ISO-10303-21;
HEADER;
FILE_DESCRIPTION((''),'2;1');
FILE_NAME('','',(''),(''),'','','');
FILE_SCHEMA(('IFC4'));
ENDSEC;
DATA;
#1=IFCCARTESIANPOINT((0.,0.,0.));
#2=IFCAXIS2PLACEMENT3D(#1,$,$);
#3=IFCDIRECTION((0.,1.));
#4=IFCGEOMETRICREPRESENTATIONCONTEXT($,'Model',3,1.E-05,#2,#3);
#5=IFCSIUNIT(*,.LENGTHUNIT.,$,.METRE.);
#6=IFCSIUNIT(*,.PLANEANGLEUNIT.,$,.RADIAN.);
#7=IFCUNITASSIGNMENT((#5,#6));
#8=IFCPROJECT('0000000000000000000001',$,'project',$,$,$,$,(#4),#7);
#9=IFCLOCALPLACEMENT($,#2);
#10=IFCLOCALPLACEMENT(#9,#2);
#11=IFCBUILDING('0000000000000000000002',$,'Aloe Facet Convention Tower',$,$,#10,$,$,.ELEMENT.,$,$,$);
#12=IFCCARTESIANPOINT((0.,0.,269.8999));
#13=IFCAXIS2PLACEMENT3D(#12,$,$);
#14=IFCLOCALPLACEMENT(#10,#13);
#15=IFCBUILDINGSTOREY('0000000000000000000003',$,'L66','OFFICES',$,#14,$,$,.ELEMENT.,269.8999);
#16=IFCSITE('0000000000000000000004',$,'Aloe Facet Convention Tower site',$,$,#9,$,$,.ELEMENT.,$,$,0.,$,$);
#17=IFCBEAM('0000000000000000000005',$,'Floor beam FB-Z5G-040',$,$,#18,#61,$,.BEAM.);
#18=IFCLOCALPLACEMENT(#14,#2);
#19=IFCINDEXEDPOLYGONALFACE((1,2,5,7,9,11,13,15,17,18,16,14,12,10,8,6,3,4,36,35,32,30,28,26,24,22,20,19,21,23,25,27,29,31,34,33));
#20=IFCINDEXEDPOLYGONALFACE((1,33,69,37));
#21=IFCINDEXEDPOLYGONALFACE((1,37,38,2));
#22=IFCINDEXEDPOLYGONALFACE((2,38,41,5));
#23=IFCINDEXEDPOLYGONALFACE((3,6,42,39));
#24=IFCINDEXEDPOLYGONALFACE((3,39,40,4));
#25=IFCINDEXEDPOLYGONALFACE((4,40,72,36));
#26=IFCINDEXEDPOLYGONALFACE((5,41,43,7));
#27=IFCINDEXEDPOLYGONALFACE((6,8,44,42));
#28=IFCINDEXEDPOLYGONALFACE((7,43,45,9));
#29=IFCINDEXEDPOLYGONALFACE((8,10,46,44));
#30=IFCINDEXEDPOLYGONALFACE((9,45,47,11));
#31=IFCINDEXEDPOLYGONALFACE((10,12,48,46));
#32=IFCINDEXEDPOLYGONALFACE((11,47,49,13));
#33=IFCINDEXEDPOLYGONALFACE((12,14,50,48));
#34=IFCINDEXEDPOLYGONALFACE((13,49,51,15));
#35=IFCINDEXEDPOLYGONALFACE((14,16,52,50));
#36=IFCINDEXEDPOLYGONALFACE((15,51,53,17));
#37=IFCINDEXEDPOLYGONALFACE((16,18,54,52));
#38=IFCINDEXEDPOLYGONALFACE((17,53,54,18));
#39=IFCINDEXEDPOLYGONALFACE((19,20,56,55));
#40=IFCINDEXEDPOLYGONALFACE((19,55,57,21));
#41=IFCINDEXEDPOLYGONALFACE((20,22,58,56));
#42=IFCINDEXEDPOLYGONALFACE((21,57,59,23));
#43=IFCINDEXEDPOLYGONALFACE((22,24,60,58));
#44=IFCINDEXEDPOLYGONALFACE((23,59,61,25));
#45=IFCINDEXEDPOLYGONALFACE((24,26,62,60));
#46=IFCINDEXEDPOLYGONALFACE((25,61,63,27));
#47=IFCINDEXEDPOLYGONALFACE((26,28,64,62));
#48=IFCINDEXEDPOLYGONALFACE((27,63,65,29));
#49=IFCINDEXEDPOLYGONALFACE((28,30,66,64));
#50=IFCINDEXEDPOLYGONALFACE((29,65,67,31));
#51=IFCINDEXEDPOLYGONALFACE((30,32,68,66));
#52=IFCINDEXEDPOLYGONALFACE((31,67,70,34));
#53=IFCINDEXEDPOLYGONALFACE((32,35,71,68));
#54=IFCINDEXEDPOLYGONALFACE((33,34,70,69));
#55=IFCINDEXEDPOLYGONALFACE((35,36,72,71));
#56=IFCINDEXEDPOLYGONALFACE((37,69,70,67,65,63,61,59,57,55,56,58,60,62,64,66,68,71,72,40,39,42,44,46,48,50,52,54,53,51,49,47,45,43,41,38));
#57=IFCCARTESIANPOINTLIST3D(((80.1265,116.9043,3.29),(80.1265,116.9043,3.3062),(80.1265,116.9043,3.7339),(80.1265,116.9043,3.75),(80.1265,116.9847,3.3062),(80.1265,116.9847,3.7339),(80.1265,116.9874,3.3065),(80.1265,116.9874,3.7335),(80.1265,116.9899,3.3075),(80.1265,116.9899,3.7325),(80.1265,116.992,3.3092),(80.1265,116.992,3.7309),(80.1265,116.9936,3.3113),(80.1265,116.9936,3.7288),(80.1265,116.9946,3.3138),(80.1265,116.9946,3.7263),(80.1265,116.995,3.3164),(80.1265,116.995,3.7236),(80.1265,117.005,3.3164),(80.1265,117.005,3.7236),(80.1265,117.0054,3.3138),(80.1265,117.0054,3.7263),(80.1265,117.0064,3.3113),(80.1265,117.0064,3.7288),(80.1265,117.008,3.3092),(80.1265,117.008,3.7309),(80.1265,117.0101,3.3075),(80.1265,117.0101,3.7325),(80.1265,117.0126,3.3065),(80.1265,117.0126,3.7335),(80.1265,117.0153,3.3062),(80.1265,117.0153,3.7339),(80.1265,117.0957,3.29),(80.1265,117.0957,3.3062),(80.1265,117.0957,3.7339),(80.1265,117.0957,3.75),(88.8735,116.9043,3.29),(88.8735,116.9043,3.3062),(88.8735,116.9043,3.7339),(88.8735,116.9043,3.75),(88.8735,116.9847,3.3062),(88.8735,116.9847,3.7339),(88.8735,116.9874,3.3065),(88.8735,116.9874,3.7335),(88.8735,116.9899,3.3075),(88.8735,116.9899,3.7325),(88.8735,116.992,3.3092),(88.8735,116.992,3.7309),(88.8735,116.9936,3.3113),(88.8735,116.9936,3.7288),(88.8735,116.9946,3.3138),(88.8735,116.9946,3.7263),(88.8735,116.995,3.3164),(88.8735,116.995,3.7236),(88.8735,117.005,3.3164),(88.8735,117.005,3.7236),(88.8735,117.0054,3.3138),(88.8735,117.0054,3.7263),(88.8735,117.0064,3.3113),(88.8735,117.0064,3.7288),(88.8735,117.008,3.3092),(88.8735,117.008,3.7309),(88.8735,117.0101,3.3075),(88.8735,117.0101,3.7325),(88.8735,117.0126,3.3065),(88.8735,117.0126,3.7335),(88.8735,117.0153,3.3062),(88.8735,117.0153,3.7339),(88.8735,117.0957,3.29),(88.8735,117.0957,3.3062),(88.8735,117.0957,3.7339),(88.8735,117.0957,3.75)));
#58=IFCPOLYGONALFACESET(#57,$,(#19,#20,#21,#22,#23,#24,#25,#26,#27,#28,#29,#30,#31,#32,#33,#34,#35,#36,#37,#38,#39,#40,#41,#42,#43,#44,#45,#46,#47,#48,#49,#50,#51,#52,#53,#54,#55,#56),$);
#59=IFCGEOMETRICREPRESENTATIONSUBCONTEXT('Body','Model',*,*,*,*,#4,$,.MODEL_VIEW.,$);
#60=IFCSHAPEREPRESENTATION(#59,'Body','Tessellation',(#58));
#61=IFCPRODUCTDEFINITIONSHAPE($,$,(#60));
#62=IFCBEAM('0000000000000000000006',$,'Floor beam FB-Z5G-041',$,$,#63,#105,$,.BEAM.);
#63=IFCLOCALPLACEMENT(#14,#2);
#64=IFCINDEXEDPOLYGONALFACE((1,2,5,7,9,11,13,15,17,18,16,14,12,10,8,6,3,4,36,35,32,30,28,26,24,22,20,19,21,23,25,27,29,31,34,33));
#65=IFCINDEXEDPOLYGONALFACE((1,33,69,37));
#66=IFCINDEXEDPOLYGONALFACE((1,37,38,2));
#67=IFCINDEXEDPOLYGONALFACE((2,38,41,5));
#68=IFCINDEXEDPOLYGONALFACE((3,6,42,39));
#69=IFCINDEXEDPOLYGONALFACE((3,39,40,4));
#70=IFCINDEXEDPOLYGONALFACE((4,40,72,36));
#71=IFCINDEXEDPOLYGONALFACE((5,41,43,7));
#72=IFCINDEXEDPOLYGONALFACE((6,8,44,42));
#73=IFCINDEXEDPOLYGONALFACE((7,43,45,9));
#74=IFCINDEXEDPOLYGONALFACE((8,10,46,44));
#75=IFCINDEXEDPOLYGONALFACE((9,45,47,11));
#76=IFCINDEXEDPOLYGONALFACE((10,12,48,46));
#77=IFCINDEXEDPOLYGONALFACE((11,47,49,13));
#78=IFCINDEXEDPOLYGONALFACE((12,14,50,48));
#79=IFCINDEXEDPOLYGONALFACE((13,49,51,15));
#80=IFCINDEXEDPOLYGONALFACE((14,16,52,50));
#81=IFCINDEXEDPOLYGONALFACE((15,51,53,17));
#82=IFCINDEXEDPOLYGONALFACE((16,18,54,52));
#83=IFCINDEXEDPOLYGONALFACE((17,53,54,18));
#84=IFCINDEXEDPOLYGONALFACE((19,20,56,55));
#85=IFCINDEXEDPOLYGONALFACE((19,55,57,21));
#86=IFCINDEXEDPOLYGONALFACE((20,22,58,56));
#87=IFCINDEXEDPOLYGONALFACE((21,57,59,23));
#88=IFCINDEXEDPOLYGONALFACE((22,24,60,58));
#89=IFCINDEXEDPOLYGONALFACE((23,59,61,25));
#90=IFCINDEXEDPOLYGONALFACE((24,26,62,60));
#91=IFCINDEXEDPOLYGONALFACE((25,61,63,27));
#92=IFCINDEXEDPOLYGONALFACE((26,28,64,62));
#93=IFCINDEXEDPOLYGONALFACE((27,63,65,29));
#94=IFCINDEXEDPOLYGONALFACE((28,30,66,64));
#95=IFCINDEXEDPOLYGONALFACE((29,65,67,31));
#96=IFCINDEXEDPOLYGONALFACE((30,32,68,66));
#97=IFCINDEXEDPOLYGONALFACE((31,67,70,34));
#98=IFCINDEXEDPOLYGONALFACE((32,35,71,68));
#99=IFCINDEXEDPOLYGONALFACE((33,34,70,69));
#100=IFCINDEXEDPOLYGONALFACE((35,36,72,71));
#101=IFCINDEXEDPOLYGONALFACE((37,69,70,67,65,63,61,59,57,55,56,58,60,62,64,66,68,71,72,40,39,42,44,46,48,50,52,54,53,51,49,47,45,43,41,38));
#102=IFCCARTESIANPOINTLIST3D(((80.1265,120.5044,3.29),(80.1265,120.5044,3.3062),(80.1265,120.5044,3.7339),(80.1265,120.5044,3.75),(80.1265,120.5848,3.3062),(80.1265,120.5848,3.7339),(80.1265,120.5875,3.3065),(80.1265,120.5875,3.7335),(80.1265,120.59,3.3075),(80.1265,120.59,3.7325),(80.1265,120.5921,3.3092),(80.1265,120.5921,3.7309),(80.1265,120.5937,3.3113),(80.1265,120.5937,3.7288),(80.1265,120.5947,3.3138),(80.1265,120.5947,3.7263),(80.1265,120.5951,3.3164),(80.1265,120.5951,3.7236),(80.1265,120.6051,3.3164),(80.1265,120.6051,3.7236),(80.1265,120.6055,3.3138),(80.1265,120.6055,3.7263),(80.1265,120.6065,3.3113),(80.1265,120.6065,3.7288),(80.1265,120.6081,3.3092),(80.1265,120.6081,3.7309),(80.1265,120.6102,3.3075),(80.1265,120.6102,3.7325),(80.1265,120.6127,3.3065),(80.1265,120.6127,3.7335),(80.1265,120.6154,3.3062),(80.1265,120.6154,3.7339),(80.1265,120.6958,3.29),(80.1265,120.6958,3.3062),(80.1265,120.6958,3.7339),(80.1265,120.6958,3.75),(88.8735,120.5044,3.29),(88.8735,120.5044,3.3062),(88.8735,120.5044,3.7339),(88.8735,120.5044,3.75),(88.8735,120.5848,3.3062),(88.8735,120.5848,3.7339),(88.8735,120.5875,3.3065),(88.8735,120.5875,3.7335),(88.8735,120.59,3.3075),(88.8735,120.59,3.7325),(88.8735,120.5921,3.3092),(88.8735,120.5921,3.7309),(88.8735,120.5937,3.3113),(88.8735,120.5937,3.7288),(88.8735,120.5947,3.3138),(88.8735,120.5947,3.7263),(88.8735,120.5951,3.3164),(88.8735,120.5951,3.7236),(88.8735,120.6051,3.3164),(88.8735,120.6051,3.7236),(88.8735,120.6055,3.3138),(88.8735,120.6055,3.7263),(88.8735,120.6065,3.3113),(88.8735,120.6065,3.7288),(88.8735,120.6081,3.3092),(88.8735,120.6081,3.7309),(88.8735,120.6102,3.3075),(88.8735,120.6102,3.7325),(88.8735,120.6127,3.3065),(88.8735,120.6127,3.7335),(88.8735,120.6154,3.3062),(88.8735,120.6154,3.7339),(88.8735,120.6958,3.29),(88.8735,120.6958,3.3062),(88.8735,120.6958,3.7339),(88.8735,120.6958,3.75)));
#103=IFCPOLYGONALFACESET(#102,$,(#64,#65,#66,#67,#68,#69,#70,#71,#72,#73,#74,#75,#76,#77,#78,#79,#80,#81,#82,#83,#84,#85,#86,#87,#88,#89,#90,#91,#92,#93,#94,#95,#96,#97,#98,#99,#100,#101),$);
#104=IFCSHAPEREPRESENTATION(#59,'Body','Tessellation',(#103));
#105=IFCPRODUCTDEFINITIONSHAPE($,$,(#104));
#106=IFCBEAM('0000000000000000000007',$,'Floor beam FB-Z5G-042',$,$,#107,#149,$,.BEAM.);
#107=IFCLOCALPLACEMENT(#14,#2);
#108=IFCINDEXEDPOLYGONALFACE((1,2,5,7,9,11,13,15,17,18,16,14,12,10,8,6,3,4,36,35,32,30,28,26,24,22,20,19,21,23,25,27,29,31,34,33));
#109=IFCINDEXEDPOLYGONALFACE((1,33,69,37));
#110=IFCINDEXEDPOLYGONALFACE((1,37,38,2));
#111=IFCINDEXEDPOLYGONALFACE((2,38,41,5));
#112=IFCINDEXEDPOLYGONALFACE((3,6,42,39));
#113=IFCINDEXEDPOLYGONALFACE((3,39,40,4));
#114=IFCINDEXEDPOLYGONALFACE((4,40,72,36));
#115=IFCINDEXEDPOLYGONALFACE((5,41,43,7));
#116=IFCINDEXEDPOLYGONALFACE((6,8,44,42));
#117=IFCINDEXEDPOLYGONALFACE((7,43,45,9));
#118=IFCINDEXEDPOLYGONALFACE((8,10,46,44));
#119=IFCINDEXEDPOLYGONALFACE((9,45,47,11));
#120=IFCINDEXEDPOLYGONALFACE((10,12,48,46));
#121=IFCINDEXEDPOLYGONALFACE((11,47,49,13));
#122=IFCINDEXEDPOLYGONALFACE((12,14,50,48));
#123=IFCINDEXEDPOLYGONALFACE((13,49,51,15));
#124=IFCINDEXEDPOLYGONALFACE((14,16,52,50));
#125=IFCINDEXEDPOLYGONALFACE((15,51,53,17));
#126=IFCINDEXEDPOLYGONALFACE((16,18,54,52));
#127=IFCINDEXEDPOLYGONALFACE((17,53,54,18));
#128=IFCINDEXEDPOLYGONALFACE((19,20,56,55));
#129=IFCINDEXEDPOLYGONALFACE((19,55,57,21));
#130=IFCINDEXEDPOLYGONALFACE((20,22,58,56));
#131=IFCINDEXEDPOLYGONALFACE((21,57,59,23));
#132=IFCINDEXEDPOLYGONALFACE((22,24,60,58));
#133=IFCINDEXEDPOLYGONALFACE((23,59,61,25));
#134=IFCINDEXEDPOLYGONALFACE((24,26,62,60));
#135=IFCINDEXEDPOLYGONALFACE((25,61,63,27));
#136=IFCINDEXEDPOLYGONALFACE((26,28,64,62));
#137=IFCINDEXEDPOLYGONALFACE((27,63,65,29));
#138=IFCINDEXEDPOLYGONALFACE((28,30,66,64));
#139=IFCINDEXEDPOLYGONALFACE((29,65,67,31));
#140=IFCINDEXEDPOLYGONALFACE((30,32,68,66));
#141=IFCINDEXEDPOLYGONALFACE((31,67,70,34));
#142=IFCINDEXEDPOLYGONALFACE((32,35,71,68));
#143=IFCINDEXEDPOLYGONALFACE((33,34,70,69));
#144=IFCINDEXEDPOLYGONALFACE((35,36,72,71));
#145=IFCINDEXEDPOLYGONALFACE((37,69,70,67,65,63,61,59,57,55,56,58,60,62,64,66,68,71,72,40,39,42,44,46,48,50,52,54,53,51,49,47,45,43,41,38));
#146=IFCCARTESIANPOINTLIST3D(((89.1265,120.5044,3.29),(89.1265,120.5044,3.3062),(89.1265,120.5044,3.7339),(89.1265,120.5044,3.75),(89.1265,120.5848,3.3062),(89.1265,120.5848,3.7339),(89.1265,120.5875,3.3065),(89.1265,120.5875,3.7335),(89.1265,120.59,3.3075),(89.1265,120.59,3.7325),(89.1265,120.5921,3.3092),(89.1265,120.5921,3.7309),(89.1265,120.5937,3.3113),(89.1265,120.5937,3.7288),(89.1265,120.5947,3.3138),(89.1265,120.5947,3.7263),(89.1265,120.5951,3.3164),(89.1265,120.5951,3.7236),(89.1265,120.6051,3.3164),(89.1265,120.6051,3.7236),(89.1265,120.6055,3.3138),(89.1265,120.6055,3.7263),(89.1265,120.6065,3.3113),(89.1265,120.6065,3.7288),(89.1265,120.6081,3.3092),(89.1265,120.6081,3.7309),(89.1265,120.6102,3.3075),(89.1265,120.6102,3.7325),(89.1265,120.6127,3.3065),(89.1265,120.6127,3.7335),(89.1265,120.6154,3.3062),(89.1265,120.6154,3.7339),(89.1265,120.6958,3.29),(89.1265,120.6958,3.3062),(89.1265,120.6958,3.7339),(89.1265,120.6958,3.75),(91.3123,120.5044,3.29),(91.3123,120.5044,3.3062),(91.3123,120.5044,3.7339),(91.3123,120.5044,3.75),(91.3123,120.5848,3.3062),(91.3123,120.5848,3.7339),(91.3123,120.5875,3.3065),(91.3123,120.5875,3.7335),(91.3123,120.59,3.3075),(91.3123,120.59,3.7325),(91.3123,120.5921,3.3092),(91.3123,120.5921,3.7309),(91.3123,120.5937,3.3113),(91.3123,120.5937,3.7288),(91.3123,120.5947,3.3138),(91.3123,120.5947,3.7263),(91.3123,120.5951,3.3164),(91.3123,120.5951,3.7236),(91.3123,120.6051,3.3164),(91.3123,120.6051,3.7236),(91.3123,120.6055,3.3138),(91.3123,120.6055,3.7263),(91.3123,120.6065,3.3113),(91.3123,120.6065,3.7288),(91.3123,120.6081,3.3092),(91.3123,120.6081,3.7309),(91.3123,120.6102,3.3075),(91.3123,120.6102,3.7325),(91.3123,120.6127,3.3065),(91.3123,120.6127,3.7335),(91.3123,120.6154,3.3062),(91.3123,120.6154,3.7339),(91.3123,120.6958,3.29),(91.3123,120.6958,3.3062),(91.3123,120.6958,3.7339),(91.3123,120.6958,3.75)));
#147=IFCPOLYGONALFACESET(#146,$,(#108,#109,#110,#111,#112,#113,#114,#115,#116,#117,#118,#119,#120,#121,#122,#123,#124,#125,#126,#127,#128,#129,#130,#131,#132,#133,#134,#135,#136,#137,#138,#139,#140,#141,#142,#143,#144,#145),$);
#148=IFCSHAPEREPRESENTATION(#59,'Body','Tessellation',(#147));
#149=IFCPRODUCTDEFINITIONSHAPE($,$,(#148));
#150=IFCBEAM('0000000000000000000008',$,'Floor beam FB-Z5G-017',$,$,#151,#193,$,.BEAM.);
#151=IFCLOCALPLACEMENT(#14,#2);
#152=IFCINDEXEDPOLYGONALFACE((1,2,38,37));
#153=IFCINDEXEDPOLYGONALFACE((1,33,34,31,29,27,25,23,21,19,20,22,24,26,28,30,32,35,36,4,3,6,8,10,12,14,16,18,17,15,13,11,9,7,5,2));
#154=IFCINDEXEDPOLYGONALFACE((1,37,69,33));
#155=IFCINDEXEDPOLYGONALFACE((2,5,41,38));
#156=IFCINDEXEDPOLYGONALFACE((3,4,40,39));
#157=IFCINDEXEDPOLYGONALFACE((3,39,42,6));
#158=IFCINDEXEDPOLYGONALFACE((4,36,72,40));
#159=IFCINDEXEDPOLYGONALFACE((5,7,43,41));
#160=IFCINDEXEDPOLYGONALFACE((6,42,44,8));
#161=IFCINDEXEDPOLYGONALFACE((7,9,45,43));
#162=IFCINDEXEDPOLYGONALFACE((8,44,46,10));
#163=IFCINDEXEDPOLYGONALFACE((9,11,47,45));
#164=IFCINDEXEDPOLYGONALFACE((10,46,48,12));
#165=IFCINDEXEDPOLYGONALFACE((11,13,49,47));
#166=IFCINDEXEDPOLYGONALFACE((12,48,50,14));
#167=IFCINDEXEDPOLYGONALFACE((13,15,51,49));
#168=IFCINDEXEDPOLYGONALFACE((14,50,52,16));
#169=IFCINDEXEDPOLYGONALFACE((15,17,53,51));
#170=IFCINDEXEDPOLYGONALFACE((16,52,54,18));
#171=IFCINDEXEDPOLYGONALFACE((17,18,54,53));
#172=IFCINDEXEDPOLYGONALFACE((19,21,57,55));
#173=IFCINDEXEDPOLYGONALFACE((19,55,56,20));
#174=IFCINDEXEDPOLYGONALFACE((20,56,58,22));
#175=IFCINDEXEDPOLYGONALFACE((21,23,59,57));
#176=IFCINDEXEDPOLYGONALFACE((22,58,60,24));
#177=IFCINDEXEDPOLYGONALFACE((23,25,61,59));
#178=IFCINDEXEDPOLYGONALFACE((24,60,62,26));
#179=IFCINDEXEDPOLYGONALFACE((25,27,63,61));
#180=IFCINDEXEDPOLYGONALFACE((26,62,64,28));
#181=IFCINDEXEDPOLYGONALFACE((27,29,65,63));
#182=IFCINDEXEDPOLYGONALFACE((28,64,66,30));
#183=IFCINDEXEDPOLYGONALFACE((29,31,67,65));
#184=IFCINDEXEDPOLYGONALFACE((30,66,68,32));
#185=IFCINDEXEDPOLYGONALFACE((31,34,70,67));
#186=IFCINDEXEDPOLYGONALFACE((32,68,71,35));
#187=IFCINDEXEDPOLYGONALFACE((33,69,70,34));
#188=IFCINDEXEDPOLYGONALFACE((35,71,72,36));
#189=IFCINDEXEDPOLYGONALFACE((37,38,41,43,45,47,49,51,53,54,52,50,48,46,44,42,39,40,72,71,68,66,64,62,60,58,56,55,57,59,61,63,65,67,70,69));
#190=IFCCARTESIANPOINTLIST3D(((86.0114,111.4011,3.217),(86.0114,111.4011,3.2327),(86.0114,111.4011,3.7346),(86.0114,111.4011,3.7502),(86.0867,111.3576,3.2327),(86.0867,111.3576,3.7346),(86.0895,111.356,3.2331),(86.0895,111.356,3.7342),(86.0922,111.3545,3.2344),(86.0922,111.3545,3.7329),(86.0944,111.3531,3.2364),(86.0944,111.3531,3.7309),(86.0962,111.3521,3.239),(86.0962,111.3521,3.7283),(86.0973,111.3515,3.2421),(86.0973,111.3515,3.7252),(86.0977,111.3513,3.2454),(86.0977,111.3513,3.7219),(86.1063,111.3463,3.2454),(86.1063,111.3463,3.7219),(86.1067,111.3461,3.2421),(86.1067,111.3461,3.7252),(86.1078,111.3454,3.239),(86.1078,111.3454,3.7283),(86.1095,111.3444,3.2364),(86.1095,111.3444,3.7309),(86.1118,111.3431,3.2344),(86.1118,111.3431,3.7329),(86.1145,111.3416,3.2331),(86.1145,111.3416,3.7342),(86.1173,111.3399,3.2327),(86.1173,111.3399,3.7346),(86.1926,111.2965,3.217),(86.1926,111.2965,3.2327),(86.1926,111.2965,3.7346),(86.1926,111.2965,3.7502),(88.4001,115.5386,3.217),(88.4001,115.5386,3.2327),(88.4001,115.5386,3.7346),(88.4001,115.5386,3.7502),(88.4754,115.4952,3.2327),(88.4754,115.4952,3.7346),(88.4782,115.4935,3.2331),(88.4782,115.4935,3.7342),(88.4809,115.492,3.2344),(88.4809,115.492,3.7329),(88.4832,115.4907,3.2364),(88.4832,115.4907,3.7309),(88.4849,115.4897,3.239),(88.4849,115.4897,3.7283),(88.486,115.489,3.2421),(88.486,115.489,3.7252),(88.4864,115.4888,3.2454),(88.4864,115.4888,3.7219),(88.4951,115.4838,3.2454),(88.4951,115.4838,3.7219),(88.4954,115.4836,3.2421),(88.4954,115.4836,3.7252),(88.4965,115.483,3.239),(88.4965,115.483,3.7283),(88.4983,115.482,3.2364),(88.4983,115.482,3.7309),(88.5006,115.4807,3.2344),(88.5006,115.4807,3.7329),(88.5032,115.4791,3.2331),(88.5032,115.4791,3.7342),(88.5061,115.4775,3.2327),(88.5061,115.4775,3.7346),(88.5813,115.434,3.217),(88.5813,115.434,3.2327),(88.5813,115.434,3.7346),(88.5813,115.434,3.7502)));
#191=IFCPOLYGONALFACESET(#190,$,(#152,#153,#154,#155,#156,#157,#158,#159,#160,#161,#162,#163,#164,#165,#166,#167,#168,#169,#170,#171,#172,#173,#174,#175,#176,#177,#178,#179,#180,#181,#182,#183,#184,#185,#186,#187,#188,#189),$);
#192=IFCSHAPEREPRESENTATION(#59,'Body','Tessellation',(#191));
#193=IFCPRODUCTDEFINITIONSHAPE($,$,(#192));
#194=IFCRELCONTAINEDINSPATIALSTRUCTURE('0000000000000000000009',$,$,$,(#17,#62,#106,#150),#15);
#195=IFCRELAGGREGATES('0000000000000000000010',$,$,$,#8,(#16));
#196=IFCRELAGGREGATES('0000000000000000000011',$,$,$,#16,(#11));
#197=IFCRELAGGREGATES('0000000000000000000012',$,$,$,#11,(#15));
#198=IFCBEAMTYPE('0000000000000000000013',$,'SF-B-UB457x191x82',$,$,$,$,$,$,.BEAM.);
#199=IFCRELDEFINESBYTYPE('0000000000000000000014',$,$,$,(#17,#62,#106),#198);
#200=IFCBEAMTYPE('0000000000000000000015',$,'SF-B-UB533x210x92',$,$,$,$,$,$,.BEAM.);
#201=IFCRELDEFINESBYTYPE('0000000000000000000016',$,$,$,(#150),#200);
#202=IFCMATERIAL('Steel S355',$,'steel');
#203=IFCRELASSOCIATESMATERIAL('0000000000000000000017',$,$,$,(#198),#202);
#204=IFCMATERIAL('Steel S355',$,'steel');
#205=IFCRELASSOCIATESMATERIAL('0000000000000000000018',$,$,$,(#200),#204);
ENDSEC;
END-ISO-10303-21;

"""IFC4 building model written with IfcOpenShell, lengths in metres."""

from ifc_helpers import new_model, si_unit, direction, frame, origin, origin_2d, place, context, subcontext, project, spatial, i_section, extrude, material, material_profile, profile_set, type_object, element, save


model = new_model("IFC4")

# Units and contexts
model_context = context("Model", 3, precision=1e-05, world=origin(), true_north=direction((0.0, 1.0)))
body_context = subcontext(model_context, "Body", "Model", "MODEL_VIEW")
ifc_project = project(units=[si_unit("LENGTHUNIT", "METRE"), si_unit("PLANEANGLEUNIT", "RADIAN")], contexts=[model_context])

# Site, building, storey
site_placement = place(None, origin())
site = spatial("IfcSite", under=ifc_project, at=site_placement, Name="Aloe Facet Convention Tower site", CompositionType="ELEMENT", RefElevation=0.0)
building_placement = place(site_placement, origin())
building = spatial("IfcBuilding", under=site, at=building_placement, Name="Aloe Facet Convention Tower", CompositionType="ELEMENT")
storey_placement = place(building_placement, frame((0.0, 0.0, 269.8999)))
storey = spatial("IfcBuildingStorey", under=building, at=storey_placement, Name="L66", Description="OFFICES", CompositionType="ELEMENT", Elevation=269.8999)

# Beams
ifc_material_1 = material(Name="Steel S355", Category="steel")
ifc_material_profile_1 = material_profile(ifc_material_1, i_section(OverallWidth=0.1914, OverallDepth=0.46, WebThickness=0.01, FlangeThickness=0.0161, FilletRadius=0.0103, at=origin_2d()), Name="UB 457x191x82")
ifc_profile_set_1 = profile_set([ifc_material_profile_1], Name="Steel S355")
beam_type_1 = type_object("IfcBeamType", Name="SF-B-UB457x191x82", PredefinedType="BEAM", material=ifc_profile_set_1)
for number, where, z_axis, x_axis, name in (
    (1, (80.1265, 117.0, 3.52), (1.0, 0.0, 0.0), (0.0, 1.0, 0.0), "Floor beam FB-Z5G-040"),
    (2, (80.1265, 120.6001, 3.52), (1.0, 0.0, 0.0), (0.0, 1.0, 0.0), "Floor beam FB-Z5G-041"),
):
    element("IfcBeam", number, at=place(storey_placement, frame(where, z_axis=z_axis, x_axis=x_axis)), inside=storey, type_object=beam_type_1, Name=name, PredefinedType="BEAM", context=body_context, shape_type="SweptSolid", body=[
        extrude(i_section(OverallWidth=0.1914, OverallDepth=0.46, WebThickness=0.01, FlangeThickness=0.0161, FilletRadius=0.0103, at=origin_2d()), origin(), (0.0, 0.0, 1.0), 8.7471),
    ])
beam_1_placement = place(storey_placement, frame((89.1265, 120.6001, 3.52), z_axis=(1.0, 0.0, 0.0), x_axis=(0.0, 1.0, 0.0)))
element("IfcBeam", 3, at=beam_1_placement, inside=storey, type_object=beam_type_1, Name="Floor beam FB-Z5G-042", PredefinedType="BEAM", context=body_context, shape_type="SweptSolid", body=[
    extrude(i_section(OverallWidth=0.1914, OverallDepth=0.46, WebThickness=0.01, FlangeThickness=0.0161, FilletRadius=0.0103, at=origin_2d()), origin(), (0.0, 0.0, 1.0), 2.1858),
])
ifc_material_2 = material(Name="Steel S355", Category="steel")
ifc_material_profile_2 = material_profile(ifc_material_2, i_section(OverallWidth=0.2092, OverallDepth=0.5332, WebThickness=0.01, FlangeThickness=0.0156, FilletRadius=0.0127, at=origin_2d()), Name="UB 533x210x92")
ifc_profile_set_2 = profile_set([ifc_material_profile_2], Name="Steel S355")
beam_type_2 = type_object("IfcBeamType", Name="SF-B-UB533x210x92", PredefinedType="BEAM", material=ifc_profile_set_2)
beam_2_placement = place(storey_placement, frame((88.4907, 115.4863, 3.4836), z_axis=(-0.499986, -0.866033, 0.0), x_axis=(0.866033, -0.499986, 0.0)))
element("IfcBeam", 4, at=beam_2_placement, inside=storey, type_object=beam_type_2, Name="Floor beam FB-Z5G-017", PredefinedType="BEAM", context=body_context, shape_type="SweptSolid", body=[
    extrude(i_section(OverallWidth=0.2092, OverallDepth=0.5332, WebThickness=0.01, FlangeThickness=0.0156, FilletRadius=0.0127, at=origin_2d()), origin(), (0.0, 0.0, 1.0), 4.7776),
])

save(model, "model.ifc")
